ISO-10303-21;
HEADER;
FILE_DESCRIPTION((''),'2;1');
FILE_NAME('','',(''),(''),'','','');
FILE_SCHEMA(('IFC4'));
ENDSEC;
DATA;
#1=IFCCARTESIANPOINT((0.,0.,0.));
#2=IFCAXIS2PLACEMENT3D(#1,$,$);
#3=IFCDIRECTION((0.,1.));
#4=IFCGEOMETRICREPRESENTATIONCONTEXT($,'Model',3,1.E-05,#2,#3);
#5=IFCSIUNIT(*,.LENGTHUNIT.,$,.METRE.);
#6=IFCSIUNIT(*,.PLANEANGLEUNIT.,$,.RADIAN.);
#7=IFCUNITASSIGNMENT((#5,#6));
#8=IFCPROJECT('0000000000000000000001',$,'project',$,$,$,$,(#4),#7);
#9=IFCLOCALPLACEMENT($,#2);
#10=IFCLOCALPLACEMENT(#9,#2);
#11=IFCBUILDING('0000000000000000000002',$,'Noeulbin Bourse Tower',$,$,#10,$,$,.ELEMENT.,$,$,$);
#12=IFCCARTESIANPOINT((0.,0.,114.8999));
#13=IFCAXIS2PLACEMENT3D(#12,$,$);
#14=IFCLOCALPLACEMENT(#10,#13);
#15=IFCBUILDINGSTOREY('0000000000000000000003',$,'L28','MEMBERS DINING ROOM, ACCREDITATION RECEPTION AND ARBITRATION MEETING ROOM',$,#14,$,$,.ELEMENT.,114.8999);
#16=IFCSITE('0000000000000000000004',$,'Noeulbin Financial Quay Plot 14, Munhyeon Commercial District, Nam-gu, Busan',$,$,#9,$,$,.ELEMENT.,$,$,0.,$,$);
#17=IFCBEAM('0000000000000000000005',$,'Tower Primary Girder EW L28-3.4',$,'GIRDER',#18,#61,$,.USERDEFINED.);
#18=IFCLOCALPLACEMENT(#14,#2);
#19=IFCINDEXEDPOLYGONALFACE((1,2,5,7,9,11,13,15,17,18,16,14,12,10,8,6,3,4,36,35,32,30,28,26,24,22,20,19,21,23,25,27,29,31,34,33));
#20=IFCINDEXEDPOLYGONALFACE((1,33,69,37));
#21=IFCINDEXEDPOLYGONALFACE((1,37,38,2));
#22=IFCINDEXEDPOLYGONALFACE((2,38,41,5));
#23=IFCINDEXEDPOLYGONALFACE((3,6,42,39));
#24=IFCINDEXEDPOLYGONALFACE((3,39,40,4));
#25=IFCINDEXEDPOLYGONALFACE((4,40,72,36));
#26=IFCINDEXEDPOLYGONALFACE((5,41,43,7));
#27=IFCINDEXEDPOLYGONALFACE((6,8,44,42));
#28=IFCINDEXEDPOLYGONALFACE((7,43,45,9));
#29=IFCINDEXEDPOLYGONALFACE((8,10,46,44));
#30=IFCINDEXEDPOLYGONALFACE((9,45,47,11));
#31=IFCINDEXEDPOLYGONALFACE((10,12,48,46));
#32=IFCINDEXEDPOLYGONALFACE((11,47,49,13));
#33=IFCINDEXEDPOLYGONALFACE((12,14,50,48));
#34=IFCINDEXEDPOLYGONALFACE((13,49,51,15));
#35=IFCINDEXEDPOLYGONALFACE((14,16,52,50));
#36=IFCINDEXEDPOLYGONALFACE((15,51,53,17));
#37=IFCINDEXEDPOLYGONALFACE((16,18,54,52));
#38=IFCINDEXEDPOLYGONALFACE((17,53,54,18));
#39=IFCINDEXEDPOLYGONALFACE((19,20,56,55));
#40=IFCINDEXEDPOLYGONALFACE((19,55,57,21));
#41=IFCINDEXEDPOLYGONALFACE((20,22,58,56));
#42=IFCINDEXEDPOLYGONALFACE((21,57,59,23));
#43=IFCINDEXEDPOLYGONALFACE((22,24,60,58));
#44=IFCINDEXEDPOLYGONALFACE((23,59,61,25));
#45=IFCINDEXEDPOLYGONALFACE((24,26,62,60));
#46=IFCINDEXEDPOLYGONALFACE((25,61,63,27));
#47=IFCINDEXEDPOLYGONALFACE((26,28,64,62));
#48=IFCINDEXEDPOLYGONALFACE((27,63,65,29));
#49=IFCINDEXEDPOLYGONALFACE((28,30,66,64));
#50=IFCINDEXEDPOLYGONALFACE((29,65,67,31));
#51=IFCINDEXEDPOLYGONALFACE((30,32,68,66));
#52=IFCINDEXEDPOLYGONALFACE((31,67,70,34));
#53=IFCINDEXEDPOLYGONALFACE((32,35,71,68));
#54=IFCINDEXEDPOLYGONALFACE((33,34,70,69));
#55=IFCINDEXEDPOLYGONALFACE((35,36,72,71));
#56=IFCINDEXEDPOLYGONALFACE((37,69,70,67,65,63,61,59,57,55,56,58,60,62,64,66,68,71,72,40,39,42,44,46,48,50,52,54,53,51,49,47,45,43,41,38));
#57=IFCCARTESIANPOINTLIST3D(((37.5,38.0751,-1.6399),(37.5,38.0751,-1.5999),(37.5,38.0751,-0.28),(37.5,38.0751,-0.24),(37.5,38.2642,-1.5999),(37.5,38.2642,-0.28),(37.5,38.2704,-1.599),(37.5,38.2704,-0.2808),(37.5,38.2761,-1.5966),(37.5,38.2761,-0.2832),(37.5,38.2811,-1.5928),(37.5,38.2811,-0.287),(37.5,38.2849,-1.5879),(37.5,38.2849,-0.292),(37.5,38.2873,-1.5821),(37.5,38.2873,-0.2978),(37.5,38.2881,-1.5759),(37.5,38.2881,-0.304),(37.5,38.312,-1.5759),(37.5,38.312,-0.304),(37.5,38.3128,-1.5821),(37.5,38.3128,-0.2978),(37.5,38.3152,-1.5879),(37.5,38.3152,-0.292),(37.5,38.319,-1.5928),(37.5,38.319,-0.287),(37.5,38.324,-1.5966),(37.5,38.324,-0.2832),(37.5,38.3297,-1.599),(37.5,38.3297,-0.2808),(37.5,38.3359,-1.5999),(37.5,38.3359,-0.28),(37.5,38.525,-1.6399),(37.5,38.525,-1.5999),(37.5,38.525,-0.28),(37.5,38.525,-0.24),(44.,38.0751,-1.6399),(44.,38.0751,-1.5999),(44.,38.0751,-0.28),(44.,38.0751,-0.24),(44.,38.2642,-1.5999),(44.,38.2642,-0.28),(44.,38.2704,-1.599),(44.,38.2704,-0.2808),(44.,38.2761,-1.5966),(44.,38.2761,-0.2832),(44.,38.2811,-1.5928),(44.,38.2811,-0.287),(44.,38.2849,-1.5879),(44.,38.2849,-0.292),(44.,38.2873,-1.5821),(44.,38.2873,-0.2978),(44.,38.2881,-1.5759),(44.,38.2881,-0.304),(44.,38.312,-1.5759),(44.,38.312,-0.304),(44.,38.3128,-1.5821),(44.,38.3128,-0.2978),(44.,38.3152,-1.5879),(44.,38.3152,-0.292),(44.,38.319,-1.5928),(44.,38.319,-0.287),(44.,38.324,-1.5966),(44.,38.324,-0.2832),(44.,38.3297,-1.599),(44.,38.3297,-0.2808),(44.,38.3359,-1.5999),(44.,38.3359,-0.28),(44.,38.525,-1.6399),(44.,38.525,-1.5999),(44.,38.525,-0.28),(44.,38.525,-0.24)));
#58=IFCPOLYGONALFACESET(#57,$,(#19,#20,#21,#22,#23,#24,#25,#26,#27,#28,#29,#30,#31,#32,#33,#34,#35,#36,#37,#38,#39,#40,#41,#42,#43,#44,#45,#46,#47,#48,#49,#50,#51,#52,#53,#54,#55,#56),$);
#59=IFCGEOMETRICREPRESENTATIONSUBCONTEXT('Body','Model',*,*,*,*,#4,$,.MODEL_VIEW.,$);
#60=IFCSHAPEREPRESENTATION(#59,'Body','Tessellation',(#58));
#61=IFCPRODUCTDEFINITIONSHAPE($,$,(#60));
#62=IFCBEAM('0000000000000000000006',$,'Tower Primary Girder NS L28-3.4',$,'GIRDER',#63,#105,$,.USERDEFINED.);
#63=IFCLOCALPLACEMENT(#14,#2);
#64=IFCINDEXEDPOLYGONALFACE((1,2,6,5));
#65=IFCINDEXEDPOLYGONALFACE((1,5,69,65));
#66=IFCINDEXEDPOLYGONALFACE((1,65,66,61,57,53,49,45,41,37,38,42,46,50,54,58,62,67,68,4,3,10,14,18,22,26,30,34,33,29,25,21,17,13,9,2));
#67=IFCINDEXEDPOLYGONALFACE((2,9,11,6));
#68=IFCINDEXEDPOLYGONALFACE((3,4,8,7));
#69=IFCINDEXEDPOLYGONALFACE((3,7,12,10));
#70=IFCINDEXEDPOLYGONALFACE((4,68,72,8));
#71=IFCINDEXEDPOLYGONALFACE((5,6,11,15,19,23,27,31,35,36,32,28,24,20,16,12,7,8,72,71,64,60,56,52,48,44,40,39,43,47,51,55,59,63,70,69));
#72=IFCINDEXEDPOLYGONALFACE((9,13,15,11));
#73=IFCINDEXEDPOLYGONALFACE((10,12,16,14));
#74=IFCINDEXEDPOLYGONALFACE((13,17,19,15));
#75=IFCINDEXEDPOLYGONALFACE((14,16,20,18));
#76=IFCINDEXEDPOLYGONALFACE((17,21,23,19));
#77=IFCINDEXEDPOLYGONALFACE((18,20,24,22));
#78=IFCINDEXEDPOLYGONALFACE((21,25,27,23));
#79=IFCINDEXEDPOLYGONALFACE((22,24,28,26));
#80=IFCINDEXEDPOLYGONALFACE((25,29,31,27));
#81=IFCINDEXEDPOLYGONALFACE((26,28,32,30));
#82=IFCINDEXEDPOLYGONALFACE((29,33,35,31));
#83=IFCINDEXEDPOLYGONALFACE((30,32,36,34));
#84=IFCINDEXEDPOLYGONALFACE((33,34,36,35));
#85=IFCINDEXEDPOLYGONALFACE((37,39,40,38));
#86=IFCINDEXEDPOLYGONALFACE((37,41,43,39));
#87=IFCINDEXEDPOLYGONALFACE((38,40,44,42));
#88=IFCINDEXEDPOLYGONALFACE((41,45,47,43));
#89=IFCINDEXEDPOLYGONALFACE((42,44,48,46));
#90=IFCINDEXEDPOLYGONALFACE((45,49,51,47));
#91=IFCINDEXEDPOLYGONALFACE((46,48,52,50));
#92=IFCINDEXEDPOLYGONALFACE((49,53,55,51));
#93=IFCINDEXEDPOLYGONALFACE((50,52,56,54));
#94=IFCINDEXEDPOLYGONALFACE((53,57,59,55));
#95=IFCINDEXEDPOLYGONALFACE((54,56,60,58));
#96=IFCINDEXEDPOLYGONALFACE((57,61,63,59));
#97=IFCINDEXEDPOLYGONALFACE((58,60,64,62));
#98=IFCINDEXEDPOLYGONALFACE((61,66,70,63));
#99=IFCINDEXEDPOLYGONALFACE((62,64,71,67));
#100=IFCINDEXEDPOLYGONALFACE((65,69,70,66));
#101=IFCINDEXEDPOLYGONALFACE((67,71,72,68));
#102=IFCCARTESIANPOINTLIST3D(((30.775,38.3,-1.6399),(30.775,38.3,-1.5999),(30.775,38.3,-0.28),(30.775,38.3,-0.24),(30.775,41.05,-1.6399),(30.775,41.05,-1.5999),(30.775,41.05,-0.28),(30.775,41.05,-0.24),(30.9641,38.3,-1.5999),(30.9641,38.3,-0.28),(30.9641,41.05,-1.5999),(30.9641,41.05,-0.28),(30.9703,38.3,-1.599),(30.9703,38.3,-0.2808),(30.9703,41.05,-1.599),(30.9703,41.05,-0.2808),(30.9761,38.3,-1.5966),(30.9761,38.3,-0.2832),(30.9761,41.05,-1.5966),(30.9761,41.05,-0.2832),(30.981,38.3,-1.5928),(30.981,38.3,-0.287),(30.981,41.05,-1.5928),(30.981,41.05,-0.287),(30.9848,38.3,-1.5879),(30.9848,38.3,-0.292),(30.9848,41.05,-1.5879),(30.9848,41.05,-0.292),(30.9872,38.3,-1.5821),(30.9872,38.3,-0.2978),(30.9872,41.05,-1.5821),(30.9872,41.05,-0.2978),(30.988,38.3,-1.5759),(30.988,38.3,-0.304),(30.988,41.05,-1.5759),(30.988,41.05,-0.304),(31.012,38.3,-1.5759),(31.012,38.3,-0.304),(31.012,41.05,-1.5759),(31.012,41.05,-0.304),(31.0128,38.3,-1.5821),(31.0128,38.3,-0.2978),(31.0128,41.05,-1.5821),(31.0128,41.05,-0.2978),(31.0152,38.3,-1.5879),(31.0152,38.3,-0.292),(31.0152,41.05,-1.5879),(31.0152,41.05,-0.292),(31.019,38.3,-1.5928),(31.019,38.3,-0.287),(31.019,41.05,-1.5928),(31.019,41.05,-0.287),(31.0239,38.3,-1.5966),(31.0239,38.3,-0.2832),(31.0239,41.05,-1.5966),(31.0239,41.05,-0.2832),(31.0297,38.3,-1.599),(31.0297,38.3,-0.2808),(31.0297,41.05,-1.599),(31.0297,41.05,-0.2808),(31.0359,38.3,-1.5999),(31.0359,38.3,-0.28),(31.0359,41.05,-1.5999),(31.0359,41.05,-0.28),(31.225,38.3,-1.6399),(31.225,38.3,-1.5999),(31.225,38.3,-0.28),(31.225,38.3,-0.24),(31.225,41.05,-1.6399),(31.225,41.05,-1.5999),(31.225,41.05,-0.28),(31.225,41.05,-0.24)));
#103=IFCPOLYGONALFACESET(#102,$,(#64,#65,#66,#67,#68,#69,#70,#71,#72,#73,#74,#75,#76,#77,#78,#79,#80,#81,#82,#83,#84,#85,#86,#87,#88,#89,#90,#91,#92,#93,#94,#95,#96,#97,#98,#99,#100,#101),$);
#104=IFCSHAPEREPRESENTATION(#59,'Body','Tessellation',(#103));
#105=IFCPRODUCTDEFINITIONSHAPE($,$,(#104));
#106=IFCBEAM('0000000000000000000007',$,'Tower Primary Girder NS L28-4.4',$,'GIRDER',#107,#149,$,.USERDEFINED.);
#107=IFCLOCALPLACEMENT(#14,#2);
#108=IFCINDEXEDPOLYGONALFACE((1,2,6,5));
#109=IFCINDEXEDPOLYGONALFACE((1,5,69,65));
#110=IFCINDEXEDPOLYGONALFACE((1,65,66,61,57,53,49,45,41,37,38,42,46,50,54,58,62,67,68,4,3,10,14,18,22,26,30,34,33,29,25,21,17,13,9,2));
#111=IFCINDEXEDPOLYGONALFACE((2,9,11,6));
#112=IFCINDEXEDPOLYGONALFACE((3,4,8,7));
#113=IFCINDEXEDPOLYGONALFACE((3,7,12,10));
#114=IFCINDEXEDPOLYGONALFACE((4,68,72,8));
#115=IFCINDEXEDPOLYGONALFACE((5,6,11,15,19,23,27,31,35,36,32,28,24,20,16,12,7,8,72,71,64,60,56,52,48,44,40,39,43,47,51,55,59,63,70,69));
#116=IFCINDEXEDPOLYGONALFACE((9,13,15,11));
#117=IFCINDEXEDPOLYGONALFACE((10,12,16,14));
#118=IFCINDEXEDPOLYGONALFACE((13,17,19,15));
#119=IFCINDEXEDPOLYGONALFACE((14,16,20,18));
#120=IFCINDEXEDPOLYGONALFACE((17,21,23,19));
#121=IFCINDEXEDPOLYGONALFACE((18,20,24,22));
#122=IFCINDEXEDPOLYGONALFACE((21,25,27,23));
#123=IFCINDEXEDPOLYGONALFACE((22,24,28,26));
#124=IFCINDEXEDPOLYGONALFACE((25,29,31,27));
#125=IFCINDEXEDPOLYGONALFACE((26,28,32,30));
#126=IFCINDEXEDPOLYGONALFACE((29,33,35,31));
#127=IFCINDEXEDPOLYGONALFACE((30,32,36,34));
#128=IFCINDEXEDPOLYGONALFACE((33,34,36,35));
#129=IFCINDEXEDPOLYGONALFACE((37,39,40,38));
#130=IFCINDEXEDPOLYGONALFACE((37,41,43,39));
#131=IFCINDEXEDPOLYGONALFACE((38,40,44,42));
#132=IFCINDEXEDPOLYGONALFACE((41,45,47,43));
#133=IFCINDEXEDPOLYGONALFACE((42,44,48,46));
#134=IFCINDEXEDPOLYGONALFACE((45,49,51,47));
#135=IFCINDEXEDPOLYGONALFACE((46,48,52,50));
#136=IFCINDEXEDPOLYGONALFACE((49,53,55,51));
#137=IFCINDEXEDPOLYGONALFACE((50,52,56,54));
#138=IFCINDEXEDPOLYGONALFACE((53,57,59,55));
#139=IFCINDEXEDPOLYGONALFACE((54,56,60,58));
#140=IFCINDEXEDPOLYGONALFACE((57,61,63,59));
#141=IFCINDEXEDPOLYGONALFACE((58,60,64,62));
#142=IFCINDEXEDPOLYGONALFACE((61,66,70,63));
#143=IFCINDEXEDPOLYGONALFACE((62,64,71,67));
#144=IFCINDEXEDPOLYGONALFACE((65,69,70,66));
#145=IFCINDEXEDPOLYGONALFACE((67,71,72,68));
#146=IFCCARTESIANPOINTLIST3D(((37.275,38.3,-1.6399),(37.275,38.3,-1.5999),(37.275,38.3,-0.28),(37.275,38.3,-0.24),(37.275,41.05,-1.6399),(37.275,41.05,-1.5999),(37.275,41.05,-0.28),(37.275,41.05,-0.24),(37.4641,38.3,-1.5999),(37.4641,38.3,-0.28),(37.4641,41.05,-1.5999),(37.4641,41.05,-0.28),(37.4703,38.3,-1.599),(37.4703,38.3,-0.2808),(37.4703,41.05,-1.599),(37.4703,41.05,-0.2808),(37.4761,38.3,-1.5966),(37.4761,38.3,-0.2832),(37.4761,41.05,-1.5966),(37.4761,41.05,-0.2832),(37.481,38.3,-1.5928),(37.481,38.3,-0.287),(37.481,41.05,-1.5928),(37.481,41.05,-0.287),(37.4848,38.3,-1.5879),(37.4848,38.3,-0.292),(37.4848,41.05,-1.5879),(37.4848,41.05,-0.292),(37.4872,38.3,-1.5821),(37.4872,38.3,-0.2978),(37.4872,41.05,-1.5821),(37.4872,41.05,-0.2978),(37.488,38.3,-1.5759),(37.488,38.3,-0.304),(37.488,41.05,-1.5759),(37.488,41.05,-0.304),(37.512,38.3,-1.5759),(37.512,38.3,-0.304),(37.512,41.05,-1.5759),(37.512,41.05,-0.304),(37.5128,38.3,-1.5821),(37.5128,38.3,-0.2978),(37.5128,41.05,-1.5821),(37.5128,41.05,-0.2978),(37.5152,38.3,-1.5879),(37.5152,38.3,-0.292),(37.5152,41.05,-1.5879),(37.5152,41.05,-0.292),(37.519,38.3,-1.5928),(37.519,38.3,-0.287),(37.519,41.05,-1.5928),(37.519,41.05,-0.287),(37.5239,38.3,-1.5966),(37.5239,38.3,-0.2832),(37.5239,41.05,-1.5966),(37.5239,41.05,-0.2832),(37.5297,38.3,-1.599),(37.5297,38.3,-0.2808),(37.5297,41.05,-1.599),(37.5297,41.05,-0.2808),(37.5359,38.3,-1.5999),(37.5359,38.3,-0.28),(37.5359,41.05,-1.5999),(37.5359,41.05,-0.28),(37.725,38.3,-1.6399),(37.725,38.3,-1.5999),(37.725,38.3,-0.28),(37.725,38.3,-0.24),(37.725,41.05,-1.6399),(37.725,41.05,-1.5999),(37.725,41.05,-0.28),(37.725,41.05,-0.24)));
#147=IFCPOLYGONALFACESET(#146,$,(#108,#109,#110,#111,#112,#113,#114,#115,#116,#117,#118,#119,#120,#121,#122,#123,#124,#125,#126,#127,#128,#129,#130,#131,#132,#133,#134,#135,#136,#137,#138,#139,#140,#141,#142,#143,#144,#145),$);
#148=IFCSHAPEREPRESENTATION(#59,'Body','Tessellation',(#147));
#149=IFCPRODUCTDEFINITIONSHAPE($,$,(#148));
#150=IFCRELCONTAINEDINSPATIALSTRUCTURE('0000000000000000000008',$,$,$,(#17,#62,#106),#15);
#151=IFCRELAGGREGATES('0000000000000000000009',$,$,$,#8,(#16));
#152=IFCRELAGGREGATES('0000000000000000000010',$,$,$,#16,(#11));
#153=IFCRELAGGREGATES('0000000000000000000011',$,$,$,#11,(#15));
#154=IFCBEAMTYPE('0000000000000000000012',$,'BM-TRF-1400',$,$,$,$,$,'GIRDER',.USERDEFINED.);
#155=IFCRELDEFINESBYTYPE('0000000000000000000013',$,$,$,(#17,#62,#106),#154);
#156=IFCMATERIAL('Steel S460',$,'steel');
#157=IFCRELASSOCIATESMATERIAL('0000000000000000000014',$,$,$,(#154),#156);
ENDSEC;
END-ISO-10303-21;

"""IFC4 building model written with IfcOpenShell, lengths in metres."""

from ifc_helpers import new_model, si_unit, direction, frame, origin, origin_2d, place, context, subcontext, project, spatial, i_section, extrude, material, material_profile, profile_set, type_object, element, save


model = new_model("IFC4")

# Units and contexts
model_context = context("Model", 3, precision=1e-05, world=origin(), true_north=direction((0.0, 1.0)))
body_context = subcontext(model_context, "Body", "Model", "MODEL_VIEW")
ifc_project = project(units=[si_unit("LENGTHUNIT", "METRE"), si_unit("PLANEANGLEUNIT", "RADIAN")], contexts=[model_context])

# Site, building, storey
site_placement = place(None, origin())
site = spatial("IfcSite", under=ifc_project, at=site_placement, Name="Noeulbin Financial Quay Plot 14, Munhyeon Commercial District, Nam-gu, Busan", CompositionType="ELEMENT", RefElevation=0.0)
building_placement = place(site_placement, origin())
building = spatial("IfcBuilding", under=site, at=building_placement, Name="Noeulbin Bourse Tower", CompositionType="ELEMENT")
storey_placement = place(building_placement, frame((0.0, 0.0, 114.8999)))
storey = spatial("IfcBuildingStorey", under=building, at=storey_placement, Name="L28", Description="MEMBERS DINING ROOM, ACCREDITATION RECEPTION AND ARBITRATION MEETING ROOM", CompositionType="ELEMENT", Elevation=114.8999)

# Shared definitions
ifc_material_1 = material(Name="Steel S460", Category="steel")

# Beams
ifc_material_profile_1 = material_profile(ifc_material_1, i_section(OverallWidth=0.45, OverallDepth=1.3999, WebThickness=0.0239, FlangeThickness=0.04, FilletRadius=0.0239, at=origin_2d()), Name="PG-1400x450x24x40", Category="LoadBearing")
ifc_profile_set_1 = profile_set([ifc_material_profile_1], Name="Steel S460")
beam_type = type_object("IfcBeamType", Name="BM-TRF-1400", ElementType="GIRDER", PredefinedType="USERDEFINED", material=ifc_profile_set_1)
for number, where, z_axis, x_axis, name in (
    (1, (37.5, 38.3, -0.9399), (1.0, 0.0, 0.0), (0.0, 1.0, 0.0), "Tower Primary Girder EW L28-3.4"),
):
    element("IfcBeam", number, at=place(storey_placement, frame(where, z_axis=z_axis, x_axis=x_axis)), inside=storey, type_object=beam_type, Name=name, ObjectType="GIRDER", PredefinedType="USERDEFINED", context=body_context, shape_type="SweptSolid", body=[
        extrude(i_section(OverallWidth=0.45, OverallDepth=1.3999, WebThickness=0.0239, FlangeThickness=0.04, FilletRadius=0.0239, at=origin_2d()), origin(), (0.0, 0.0, 1.0), 6.5),
    ])
for number, where, z_axis, x_axis, name in (
    (2, (31.0, 38.3, -0.9399), (0.0, 1.0, 0.0), (-1.0, 0.0, 0.0), "Tower Primary Girder NS L28-3.4"),
    (3, (37.5, 38.3, -0.9399), (0.0, 1.0, 0.0), (-1.0, 0.0, 0.0), "Tower Primary Girder NS L28-4.4"),
):
    element("IfcBeam", number, at=place(storey_placement, frame(where, z_axis=z_axis, x_axis=x_axis)), inside=storey, type_object=beam_type, Name=name, ObjectType="GIRDER", PredefinedType="USERDEFINED", context=body_context, shape_type="SweptSolid", body=[
        extrude(i_section(OverallWidth=0.45, OverallDepth=1.3999, WebThickness=0.0239, FlangeThickness=0.04, FilletRadius=0.0239, at=origin_2d()), origin(), (0.0, 0.0, 1.0), 2.75),
    ])

save(model, "model.ifc")
